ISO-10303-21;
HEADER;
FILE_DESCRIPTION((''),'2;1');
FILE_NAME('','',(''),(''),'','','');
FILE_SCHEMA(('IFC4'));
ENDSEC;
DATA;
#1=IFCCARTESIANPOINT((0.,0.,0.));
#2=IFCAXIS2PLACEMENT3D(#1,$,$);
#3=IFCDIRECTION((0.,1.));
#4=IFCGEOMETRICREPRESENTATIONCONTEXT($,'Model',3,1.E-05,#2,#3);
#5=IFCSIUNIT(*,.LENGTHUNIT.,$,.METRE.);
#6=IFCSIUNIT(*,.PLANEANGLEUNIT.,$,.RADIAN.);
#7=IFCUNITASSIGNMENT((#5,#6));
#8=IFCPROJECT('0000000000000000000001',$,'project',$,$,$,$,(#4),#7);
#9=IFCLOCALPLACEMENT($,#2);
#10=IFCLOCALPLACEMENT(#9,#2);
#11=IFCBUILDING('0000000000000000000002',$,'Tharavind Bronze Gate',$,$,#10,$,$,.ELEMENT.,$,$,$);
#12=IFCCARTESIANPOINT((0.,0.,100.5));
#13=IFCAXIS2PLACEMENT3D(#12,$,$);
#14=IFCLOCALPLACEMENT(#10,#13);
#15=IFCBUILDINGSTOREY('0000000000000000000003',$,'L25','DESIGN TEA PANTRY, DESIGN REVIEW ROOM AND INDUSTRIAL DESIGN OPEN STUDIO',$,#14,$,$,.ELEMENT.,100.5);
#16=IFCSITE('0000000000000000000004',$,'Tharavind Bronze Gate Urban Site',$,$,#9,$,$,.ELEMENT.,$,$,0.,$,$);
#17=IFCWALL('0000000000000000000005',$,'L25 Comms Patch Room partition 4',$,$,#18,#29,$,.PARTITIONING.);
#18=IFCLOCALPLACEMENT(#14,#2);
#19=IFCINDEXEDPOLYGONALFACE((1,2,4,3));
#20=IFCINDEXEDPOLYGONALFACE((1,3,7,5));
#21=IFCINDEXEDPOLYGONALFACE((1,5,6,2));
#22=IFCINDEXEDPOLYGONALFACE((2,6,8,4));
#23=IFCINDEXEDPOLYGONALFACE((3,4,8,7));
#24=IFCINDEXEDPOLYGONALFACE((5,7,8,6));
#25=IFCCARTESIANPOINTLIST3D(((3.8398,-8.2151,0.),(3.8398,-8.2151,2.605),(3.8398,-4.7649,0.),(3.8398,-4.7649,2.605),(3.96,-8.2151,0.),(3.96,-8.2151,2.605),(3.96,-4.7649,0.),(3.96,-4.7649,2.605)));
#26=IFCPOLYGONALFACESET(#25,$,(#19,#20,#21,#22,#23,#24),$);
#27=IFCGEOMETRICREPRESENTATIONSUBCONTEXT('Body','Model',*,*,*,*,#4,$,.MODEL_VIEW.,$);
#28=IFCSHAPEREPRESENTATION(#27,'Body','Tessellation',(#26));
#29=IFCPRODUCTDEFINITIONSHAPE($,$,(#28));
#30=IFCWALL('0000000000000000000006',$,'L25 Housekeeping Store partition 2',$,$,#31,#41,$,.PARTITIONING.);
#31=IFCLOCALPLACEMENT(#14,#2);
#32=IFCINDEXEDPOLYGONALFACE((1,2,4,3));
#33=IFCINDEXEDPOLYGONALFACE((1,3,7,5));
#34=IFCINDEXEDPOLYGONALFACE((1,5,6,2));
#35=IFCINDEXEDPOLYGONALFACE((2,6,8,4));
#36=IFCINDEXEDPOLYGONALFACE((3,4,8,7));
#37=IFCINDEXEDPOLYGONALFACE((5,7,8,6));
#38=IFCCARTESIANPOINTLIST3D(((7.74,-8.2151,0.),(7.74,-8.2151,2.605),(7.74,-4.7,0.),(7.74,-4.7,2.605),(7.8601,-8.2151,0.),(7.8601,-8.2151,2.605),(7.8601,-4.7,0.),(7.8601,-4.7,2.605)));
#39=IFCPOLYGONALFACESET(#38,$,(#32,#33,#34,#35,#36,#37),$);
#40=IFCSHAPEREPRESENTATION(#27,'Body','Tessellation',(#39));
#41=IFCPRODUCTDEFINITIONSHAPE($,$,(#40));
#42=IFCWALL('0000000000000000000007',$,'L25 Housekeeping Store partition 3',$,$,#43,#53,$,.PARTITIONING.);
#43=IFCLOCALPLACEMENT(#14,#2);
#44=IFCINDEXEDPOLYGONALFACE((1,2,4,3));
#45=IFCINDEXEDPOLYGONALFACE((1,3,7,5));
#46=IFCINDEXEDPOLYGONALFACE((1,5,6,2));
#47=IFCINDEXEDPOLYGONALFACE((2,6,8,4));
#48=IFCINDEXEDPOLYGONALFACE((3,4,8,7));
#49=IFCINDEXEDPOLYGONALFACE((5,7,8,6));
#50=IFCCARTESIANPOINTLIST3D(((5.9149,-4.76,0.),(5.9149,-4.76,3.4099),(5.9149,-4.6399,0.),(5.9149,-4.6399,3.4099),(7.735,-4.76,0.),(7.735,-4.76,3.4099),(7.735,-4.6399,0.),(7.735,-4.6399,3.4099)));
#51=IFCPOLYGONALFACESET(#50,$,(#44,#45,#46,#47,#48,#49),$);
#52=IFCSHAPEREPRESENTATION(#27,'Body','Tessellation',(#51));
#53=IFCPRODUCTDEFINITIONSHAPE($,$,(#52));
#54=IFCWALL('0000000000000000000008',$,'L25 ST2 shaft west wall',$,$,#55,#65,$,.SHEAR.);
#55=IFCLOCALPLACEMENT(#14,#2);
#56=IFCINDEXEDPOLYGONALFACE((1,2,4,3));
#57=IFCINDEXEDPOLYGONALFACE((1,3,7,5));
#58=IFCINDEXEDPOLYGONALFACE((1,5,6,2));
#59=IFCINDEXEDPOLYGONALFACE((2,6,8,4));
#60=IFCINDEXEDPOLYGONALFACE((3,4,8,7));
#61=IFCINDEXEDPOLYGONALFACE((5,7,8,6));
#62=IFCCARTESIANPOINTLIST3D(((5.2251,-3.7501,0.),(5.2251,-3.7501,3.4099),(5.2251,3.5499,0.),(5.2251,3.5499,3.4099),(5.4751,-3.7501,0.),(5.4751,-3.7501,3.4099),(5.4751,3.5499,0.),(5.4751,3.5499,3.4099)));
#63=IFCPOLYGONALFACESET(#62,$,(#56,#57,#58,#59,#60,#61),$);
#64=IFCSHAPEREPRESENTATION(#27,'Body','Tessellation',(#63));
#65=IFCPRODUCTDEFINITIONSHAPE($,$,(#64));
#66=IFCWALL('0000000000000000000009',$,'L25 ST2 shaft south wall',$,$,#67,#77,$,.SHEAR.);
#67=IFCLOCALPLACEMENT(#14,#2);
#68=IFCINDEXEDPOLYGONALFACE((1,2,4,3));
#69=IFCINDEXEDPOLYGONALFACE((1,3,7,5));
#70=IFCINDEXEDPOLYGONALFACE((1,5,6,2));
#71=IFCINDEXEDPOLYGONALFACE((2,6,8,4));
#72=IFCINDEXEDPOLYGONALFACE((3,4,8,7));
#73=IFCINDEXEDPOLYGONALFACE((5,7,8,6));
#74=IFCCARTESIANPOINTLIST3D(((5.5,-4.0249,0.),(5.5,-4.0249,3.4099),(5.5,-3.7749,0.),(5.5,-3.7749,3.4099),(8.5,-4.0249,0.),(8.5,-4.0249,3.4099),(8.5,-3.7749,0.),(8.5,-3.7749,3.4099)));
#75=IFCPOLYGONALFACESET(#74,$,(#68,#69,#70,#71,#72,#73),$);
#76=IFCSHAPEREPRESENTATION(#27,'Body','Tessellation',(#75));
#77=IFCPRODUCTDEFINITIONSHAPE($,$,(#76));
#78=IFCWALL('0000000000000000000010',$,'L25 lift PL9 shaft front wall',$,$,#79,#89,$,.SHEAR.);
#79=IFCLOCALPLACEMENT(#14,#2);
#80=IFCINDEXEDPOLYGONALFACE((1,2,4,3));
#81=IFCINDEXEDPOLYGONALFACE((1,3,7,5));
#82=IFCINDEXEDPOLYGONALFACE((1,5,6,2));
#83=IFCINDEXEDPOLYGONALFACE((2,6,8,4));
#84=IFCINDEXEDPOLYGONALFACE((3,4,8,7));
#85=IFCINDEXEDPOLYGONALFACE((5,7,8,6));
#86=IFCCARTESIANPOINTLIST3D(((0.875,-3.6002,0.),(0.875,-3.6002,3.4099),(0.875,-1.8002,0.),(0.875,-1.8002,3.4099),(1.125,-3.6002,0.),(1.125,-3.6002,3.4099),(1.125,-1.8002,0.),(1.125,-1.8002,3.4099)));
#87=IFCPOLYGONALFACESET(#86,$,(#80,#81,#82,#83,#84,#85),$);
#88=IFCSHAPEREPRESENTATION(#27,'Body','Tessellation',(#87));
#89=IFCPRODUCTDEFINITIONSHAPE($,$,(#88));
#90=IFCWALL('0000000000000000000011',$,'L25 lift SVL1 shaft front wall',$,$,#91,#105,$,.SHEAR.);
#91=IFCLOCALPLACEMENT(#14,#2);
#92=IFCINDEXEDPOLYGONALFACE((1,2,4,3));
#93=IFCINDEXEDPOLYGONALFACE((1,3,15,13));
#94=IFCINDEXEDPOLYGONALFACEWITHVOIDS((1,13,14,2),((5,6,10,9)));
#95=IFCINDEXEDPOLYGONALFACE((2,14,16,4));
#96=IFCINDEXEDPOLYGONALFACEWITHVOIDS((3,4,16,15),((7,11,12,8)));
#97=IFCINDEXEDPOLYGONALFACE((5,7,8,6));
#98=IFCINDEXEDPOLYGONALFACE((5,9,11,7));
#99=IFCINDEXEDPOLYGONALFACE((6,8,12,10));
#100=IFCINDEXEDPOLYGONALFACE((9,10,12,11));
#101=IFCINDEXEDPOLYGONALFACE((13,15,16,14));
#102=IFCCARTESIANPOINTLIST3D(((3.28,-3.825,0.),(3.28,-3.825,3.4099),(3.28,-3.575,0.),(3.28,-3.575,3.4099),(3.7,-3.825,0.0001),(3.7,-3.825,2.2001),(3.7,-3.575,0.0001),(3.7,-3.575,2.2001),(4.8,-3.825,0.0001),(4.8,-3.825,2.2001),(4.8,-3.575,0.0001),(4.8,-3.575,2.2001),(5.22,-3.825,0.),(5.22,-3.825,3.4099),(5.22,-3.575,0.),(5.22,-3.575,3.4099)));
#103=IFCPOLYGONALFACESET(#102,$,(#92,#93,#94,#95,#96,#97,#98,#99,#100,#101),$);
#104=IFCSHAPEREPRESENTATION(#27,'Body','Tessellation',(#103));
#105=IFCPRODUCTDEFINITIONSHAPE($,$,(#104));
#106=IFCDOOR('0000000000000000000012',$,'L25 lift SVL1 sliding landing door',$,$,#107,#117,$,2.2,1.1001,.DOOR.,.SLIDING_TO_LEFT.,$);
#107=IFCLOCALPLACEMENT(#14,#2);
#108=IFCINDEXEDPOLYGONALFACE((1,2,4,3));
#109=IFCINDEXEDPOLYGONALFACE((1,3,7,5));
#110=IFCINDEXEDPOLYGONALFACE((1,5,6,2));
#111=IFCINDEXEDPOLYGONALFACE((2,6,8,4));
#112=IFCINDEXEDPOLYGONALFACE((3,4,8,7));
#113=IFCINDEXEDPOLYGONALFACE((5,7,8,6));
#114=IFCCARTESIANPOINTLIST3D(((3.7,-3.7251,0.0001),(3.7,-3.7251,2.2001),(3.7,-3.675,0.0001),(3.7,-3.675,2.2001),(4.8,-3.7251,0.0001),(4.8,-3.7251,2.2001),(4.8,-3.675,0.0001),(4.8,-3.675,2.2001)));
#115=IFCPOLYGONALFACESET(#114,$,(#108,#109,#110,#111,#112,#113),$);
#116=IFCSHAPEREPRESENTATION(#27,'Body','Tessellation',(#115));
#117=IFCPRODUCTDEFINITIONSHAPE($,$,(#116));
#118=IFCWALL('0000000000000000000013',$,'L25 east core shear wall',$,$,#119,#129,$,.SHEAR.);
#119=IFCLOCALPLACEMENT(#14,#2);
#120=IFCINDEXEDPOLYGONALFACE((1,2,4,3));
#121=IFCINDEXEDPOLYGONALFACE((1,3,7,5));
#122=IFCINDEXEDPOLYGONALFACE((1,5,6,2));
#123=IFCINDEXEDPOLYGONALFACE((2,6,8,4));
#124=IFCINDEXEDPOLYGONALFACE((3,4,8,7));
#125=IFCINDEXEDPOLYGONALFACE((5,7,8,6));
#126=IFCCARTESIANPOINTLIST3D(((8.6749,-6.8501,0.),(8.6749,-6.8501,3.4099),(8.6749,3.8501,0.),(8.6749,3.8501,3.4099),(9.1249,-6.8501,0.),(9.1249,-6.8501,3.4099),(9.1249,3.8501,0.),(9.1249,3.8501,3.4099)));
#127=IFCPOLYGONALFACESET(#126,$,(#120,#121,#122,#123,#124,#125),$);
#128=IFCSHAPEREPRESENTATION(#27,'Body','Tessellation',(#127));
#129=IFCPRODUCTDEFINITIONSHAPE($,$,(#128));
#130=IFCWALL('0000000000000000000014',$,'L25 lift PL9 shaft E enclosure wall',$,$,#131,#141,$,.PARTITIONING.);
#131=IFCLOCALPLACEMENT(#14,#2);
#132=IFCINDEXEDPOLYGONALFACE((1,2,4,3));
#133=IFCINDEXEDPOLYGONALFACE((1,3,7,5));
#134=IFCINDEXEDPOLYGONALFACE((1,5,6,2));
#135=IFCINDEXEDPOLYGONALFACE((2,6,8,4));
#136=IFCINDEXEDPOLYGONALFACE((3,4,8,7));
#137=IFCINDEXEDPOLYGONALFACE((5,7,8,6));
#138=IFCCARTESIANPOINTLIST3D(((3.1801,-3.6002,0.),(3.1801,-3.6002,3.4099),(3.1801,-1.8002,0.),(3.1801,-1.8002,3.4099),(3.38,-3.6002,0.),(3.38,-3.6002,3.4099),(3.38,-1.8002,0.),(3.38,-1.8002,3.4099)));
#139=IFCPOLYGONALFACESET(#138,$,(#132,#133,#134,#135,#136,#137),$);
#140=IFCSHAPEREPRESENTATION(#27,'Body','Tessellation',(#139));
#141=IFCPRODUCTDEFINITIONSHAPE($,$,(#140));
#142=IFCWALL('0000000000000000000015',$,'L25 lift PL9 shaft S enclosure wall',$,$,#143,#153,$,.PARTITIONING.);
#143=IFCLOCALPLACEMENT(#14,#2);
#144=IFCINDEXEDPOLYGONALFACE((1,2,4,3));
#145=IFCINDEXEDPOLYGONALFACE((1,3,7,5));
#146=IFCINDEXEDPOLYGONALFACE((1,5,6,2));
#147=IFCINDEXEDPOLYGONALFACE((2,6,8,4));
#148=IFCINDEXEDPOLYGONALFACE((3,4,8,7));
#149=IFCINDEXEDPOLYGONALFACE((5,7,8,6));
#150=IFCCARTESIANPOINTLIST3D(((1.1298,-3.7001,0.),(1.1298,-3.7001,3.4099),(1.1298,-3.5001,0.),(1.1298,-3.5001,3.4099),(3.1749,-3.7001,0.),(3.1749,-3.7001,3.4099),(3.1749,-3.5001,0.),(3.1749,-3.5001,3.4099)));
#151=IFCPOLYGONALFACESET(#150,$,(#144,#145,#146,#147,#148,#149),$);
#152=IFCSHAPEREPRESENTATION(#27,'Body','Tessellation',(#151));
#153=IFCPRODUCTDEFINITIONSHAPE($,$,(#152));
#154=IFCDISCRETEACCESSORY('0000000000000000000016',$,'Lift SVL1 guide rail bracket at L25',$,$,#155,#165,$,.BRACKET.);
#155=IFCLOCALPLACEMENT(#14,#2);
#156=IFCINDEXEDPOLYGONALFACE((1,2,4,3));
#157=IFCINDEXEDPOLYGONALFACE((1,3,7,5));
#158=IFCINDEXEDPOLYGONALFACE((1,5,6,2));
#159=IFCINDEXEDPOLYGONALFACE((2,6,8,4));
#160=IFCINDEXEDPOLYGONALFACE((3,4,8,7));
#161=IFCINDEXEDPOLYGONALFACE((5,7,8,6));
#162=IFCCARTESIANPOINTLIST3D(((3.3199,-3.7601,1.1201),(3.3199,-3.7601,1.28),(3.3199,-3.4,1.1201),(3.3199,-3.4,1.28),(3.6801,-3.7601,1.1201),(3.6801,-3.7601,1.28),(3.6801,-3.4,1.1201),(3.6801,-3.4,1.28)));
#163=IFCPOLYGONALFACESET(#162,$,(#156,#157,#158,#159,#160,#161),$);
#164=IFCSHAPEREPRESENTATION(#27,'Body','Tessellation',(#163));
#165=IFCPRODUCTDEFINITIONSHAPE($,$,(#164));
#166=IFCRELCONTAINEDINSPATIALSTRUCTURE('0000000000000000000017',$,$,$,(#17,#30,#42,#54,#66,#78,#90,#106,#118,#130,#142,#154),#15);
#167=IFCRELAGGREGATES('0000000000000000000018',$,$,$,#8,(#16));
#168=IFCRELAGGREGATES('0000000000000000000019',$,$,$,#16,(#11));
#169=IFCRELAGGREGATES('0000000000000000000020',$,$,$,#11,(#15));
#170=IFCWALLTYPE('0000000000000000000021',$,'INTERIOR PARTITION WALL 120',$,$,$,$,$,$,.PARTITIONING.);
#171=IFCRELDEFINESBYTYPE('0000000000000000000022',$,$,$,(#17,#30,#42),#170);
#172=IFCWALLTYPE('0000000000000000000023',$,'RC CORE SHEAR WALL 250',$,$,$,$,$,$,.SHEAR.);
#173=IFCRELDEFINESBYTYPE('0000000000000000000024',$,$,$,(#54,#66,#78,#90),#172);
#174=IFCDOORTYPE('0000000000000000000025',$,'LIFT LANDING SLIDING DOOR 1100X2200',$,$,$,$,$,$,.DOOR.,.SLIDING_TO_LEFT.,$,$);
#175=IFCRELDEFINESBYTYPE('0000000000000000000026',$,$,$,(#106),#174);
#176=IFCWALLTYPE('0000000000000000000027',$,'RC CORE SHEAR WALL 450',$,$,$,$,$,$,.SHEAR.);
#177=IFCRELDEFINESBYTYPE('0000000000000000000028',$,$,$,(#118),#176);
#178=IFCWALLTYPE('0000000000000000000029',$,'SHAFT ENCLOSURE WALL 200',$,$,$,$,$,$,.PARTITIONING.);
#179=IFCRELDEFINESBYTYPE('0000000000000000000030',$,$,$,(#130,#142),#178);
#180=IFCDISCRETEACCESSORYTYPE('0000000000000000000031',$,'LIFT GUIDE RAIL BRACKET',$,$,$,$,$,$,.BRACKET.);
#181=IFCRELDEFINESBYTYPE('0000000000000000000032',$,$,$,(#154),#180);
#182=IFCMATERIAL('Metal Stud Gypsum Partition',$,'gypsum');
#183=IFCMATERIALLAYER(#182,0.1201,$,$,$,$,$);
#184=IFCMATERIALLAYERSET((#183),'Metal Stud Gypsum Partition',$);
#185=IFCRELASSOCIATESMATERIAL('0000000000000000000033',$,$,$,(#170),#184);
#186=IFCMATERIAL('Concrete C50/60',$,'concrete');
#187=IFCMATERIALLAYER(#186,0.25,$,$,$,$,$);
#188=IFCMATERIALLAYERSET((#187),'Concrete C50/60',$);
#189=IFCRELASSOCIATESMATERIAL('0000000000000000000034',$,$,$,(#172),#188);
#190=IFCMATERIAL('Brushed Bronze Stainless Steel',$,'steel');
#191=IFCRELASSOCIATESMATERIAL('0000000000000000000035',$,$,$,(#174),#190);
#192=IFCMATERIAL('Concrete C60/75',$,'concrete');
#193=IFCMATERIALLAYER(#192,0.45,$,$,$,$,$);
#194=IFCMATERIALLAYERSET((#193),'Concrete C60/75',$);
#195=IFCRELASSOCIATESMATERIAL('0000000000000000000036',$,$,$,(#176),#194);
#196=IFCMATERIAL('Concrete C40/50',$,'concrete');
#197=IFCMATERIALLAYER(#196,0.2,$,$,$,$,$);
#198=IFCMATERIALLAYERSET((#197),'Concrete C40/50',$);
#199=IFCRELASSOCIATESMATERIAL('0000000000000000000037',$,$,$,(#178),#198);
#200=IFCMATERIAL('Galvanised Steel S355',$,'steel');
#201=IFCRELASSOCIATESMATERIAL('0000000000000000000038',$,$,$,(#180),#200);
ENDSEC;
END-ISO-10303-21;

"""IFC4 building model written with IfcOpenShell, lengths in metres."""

from ifc_helpers import new_model, si_unit, direction, frame, frame_2d, origin, origin_2d, place, context, subcontext, project, spatial, rectangle, extrude, material, layer, layer_set, type_object, element, fill, save


model = new_model("IFC4")

# Units and contexts
model_context = context("Model", 3, precision=1e-05, world=origin(), true_north=direction((0.0, 1.0)))
body_context = subcontext(model_context, "Body", "Model", "MODEL_VIEW")
ifc_project = project(units=[si_unit("LENGTHUNIT", "METRE"), si_unit("PLANEANGLEUNIT", "RADIAN")], contexts=[model_context])

# Site, building, storey
site_placement = place(None, origin())
site = spatial("IfcSite", under=ifc_project, at=site_placement, Name="Tharavind Bronze Gate Urban Site", CompositionType="ELEMENT", RefElevation=0.0)
building_placement = place(site_placement, origin())
building = spatial("IfcBuilding", under=site, at=building_placement, Name="Tharavind Bronze Gate", CompositionType="ELEMENT")
storey_placement = place(building_placement, frame((0.0, 0.0, 100.5)))
storey = spatial("IfcBuildingStorey", under=building, at=storey_placement, Name="L25", Description="DESIGN TEA PANTRY, DESIGN REVIEW ROOM AND INDUSTRIAL DESIGN OPEN STUDIO", CompositionType="ELEMENT", Elevation=100.5)

# Shared definitions
ifc_material_1 = material(Name="Concrete C60/75", Category="concrete")

# Walls
ifc_material_2 = material(Name="Metal Stud Gypsum Partition", Category="gypsum")
ifc_layer_1 = layer(ifc_material_2, 0.1201)
ifc_layer_set_1 = layer_set([ifc_layer_1], Name="Metal Stud Gypsum Partition")
wall_type_1 = type_object("IfcWallType", Name="INTERIOR PARTITION WALL 120", PredefinedType="PARTITIONING", material=ifc_layer_set_1)
wall_1_placement = place(storey_placement, frame((3.8999, -4.7649, 0.0), z_axis=(0.0, 0.0, 1.0), x_axis=(0.0, -1.0, 0.0)))
element("IfcWall", 1, at=wall_1_placement, inside=storey, type_object=wall_type_1, Name="L25 Comms Patch Room partition 4", PredefinedType="PARTITIONING", context=body_context, shape_type="SweptSolid", body=[
    extrude(rectangle(XDim=3.4502, YDim=0.1201, at=frame_2d((1.7251, 0.0))), origin(), (0.0, 0.0, 1.0), 2.605),
])
wall_2_placement = place(storey_placement, frame((7.8, -8.2151, 0.0), z_axis=(0.0, 0.0, 1.0), x_axis=(0.0, 1.0, 0.0)))
element("IfcWall", 2, at=wall_2_placement, inside=storey, type_object=wall_type_1, Name="L25 Housekeeping Store partition 2", PredefinedType="PARTITIONING", context=body_context, shape_type="SweptSolid", body=[
    extrude(rectangle(XDim=3.5151, YDim=0.1201, at=frame_2d((1.7576, 0.0))), origin(), (0.0, 0.0, 1.0), 2.605),
])
wall_3_placement = place(storey_placement, frame((7.7351, -4.7, 0.0), z_axis=(0.0, 0.0, 1.0), x_axis=(-1.0, 0.0, 0.0)))
element("IfcWall", 3, at=wall_3_placement, inside=storey, type_object=wall_type_1, Name="L25 Housekeeping Store partition 3", PredefinedType="PARTITIONING", context=body_context, shape_type="SweptSolid", body=[
    extrude(rectangle(XDim=1.8201, YDim=0.1201, at=frame_2d((0.9102, 0.0))), origin(), (0.0, 0.0, 1.0), 3.4099),
])
ifc_material_3 = material(Name="Concrete C50/60", Category="concrete")
ifc_layer_2 = layer(ifc_material_3, 0.25)
ifc_layer_set_2 = layer_set([ifc_layer_2], Name="Concrete C50/60")
wall_type_2 = type_object("IfcWallType", Name="RC CORE SHEAR WALL 250", PredefinedType="SHEAR", material=ifc_layer_set_2)
wall_4_placement = place(storey_placement, frame((5.3501, -3.75, 0.0), z_axis=(0.0, 0.0, 1.0), x_axis=(0.0, 1.0, 0.0)))
element("IfcWall", 4, at=wall_4_placement, inside=storey, type_object=wall_type_2, Name="L25 ST2 shaft west wall", PredefinedType="SHEAR", context=body_context, shape_type="SweptSolid", body=[
    extrude(rectangle(XDim=7.3, YDim=0.25, at=frame_2d((3.6499, 0.0))), origin(), (0.0, 0.0, 1.0), 3.4099),
])
wall_5_placement = place(storey_placement, frame((5.5, -3.8999, 0.0), z_axis=(0.0, 0.0, 1.0), x_axis=(1.0, 0.0, 0.0)))
element("IfcWall", 5, at=wall_5_placement, inside=storey, type_object=wall_type_2, Name="L25 ST2 shaft south wall", PredefinedType="SHEAR", context=body_context, shape_type="SweptSolid", body=[
    extrude(rectangle(XDim=3.0, YDim=0.25, at=frame_2d((1.5, 0.0))), origin(), (0.0, 0.0, 1.0), 3.4099),
])
wall_6_placement = place(storey_placement, frame((1.0, -3.6001, 0.0), z_axis=(0.0, 0.0, 1.0), x_axis=(0.0, 1.0, 0.0)))
element("IfcWall", 6, at=wall_6_placement, inside=storey, type_object=wall_type_2, Name="L25 lift PL9 shaft front wall", PredefinedType="SHEAR", context=body_context, shape_type="SweptSolid", body=[
    extrude(rectangle(XDim=1.8, YDim=0.25, at=frame_2d((0.8999, 0.0))), origin(), (0.0, 0.0, 1.0), 3.4099),
])

# Wall, opening, door
wall_7_placement = place(storey_placement, frame((3.28, -3.7, 0.0), z_axis=(0.0, 0.0, 1.0), x_axis=(1.0, 0.0, 0.0)))
wall_7 = element("IfcWall", 7, at=wall_7_placement, inside=storey, type_object=wall_type_2, Name="L25 lift SVL1 shaft front wall", PredefinedType="SHEAR", context=body_context, shape_type="SweptSolid", body=[
    extrude(rectangle(XDim=1.9399, YDim=0.25, at=frame_2d((0.97, 0.0))), origin(), (0.0, 0.0, 1.0), 3.4099),
])
opening_1_placement = place(wall_7_placement, frame((0.4199, 0.0, 0.0)))
opening_1 = element("IfcOpeningElement", 8, at=opening_1_placement, cuts=wall_7, PredefinedType="OPENING", context=body_context, shape_type="SweptSolid", body=[
    extrude(rectangle(XDim=1.1001, YDim=2.2, at=frame_2d((0.55, 1.1001))), frame((0.0, 0.135, 0.0), z_axis=(0.0, -1.0, 0.0), x_axis=(1.0, 0.0, 0.0)), (0.0, 0.0, 1.0), 0.27),
])
ifc_material_4 = material(Name="Brushed Bronze Stainless Steel", Category="steel")
door_type_1 = type_object("IfcDoorType", Name="LIFT LANDING SLIDING DOOR 1100X2200", OperationType="SLIDING_TO_LEFT", PredefinedType="DOOR", material=ifc_material_4)
door_1_placement = place(opening_1_placement, origin())
door_1 = element("IfcDoor", 9, at=door_1_placement, inside=storey, type_object=door_type_1, Name="L25 lift SVL1 sliding landing door", OperationType="SLIDING_TO_LEFT", OverallHeight=2.2, OverallWidth=1.1001, PredefinedType="DOOR", context=body_context, shape_type="SweptSolid", body=[
    extrude(rectangle(XDim=1.1001, YDim=2.2, at=frame_2d((0.55, 1.1001))), frame((0.0, 0.0249, 0.0), z_axis=(0.0, -1.0, 0.0), x_axis=(1.0, 0.0, 0.0)), (0.0, 0.0, 1.0), 0.05),
])
fill(opening_1, door_1)

# Walls
ifc_layer_3 = layer(ifc_material_1, 0.45)
ifc_layer_set_3 = layer_set([ifc_layer_3], Name="Concrete C60/75")
wall_type_3 = type_object("IfcWallType", Name="RC CORE SHEAR WALL 450", PredefinedType="SHEAR", material=ifc_layer_set_3)
wall_8_placement = place(storey_placement, frame((8.8999, -6.8501, 0.0), z_axis=(0.0, 0.0, 1.0), x_axis=(0.0, 1.0, 0.0)))
element("IfcWall", 10, at=wall_8_placement, inside=storey, type_object=wall_type_3, Name="L25 east core shear wall", PredefinedType="SHEAR", context=body_context, shape_type="SweptSolid", body=[
    extrude(rectangle(XDim=10.7002, YDim=0.45, at=frame_2d((5.3501, 0.0))), origin(), (0.0, 0.0, 1.0), 3.4099),
])
ifc_material_5 = material(Name="Concrete C40/50", Category="concrete")
ifc_layer_4 = layer(ifc_material_5, 0.2)
ifc_layer_set_4 = layer_set([ifc_layer_4], Name="Concrete C40/50")
wall_type_4 = type_object("IfcWallType", Name="SHAFT ENCLOSURE WALL 200", PredefinedType="PARTITIONING", material=ifc_layer_set_4)
wall_9_placement = place(storey_placement, frame((3.28, -3.6001, 0.0), z_axis=(0.0, 0.0, 1.0), x_axis=(0.0, 1.0, 0.0)))
element("IfcWall", 11, at=wall_9_placement, inside=storey, type_object=wall_type_4, Name="L25 lift PL9 shaft E enclosure wall", PredefinedType="PARTITIONING", context=body_context, shape_type="SweptSolid", body=[
    extrude(rectangle(XDim=1.8, YDim=0.2, at=frame_2d((0.8999, 0.0))), origin(), (0.0, 0.0, 1.0), 3.4099),
])
wall_10_placement = place(storey_placement, frame((1.1299, -3.6001, 0.0), z_axis=(0.0, 0.0, 1.0), x_axis=(1.0, 0.0, 0.0)))
element("IfcWall", 12, at=wall_10_placement, inside=storey, type_object=wall_type_4, Name="L25 lift PL9 shaft S enclosure wall", PredefinedType="PARTITIONING", context=body_context, shape_type="SweptSolid", body=[
    extrude(rectangle(XDim=2.0452, YDim=0.2, at=frame_2d((1.0225, 0.0))), origin(), (0.0, 0.0, 1.0), 3.4099),
])

# Discrete accessory
ifc_material_6 = material(Name="Galvanised Steel S355", Category="steel")
discrete_accessory_type = type_object("IfcDiscreteAccessoryType", Name="LIFT GUIDE RAIL BRACKET", PredefinedType="BRACKET", material=ifc_material_6)
discrete_accessory_placement = place(storey_placement, frame((3.5, -3.5801, 1.1201), z_axis=(0.0, 0.0, 1.0), x_axis=(1.0, 0.0, 0.0)))
element("IfcDiscreteAccessory", 13, at=discrete_accessory_placement, inside=storey, type_object=discrete_accessory_type, Name="Lift SVL1 guide rail bracket at L25", PredefinedType="BRACKET", context=body_context, shape_type="SweptSolid", body=[
    extrude(rectangle(XDim=0.3601, YDim=0.3601, at=origin_2d()), origin(), (0.0, 0.0, 1.0), 0.1599),
])

save(model, "model.ifc")
